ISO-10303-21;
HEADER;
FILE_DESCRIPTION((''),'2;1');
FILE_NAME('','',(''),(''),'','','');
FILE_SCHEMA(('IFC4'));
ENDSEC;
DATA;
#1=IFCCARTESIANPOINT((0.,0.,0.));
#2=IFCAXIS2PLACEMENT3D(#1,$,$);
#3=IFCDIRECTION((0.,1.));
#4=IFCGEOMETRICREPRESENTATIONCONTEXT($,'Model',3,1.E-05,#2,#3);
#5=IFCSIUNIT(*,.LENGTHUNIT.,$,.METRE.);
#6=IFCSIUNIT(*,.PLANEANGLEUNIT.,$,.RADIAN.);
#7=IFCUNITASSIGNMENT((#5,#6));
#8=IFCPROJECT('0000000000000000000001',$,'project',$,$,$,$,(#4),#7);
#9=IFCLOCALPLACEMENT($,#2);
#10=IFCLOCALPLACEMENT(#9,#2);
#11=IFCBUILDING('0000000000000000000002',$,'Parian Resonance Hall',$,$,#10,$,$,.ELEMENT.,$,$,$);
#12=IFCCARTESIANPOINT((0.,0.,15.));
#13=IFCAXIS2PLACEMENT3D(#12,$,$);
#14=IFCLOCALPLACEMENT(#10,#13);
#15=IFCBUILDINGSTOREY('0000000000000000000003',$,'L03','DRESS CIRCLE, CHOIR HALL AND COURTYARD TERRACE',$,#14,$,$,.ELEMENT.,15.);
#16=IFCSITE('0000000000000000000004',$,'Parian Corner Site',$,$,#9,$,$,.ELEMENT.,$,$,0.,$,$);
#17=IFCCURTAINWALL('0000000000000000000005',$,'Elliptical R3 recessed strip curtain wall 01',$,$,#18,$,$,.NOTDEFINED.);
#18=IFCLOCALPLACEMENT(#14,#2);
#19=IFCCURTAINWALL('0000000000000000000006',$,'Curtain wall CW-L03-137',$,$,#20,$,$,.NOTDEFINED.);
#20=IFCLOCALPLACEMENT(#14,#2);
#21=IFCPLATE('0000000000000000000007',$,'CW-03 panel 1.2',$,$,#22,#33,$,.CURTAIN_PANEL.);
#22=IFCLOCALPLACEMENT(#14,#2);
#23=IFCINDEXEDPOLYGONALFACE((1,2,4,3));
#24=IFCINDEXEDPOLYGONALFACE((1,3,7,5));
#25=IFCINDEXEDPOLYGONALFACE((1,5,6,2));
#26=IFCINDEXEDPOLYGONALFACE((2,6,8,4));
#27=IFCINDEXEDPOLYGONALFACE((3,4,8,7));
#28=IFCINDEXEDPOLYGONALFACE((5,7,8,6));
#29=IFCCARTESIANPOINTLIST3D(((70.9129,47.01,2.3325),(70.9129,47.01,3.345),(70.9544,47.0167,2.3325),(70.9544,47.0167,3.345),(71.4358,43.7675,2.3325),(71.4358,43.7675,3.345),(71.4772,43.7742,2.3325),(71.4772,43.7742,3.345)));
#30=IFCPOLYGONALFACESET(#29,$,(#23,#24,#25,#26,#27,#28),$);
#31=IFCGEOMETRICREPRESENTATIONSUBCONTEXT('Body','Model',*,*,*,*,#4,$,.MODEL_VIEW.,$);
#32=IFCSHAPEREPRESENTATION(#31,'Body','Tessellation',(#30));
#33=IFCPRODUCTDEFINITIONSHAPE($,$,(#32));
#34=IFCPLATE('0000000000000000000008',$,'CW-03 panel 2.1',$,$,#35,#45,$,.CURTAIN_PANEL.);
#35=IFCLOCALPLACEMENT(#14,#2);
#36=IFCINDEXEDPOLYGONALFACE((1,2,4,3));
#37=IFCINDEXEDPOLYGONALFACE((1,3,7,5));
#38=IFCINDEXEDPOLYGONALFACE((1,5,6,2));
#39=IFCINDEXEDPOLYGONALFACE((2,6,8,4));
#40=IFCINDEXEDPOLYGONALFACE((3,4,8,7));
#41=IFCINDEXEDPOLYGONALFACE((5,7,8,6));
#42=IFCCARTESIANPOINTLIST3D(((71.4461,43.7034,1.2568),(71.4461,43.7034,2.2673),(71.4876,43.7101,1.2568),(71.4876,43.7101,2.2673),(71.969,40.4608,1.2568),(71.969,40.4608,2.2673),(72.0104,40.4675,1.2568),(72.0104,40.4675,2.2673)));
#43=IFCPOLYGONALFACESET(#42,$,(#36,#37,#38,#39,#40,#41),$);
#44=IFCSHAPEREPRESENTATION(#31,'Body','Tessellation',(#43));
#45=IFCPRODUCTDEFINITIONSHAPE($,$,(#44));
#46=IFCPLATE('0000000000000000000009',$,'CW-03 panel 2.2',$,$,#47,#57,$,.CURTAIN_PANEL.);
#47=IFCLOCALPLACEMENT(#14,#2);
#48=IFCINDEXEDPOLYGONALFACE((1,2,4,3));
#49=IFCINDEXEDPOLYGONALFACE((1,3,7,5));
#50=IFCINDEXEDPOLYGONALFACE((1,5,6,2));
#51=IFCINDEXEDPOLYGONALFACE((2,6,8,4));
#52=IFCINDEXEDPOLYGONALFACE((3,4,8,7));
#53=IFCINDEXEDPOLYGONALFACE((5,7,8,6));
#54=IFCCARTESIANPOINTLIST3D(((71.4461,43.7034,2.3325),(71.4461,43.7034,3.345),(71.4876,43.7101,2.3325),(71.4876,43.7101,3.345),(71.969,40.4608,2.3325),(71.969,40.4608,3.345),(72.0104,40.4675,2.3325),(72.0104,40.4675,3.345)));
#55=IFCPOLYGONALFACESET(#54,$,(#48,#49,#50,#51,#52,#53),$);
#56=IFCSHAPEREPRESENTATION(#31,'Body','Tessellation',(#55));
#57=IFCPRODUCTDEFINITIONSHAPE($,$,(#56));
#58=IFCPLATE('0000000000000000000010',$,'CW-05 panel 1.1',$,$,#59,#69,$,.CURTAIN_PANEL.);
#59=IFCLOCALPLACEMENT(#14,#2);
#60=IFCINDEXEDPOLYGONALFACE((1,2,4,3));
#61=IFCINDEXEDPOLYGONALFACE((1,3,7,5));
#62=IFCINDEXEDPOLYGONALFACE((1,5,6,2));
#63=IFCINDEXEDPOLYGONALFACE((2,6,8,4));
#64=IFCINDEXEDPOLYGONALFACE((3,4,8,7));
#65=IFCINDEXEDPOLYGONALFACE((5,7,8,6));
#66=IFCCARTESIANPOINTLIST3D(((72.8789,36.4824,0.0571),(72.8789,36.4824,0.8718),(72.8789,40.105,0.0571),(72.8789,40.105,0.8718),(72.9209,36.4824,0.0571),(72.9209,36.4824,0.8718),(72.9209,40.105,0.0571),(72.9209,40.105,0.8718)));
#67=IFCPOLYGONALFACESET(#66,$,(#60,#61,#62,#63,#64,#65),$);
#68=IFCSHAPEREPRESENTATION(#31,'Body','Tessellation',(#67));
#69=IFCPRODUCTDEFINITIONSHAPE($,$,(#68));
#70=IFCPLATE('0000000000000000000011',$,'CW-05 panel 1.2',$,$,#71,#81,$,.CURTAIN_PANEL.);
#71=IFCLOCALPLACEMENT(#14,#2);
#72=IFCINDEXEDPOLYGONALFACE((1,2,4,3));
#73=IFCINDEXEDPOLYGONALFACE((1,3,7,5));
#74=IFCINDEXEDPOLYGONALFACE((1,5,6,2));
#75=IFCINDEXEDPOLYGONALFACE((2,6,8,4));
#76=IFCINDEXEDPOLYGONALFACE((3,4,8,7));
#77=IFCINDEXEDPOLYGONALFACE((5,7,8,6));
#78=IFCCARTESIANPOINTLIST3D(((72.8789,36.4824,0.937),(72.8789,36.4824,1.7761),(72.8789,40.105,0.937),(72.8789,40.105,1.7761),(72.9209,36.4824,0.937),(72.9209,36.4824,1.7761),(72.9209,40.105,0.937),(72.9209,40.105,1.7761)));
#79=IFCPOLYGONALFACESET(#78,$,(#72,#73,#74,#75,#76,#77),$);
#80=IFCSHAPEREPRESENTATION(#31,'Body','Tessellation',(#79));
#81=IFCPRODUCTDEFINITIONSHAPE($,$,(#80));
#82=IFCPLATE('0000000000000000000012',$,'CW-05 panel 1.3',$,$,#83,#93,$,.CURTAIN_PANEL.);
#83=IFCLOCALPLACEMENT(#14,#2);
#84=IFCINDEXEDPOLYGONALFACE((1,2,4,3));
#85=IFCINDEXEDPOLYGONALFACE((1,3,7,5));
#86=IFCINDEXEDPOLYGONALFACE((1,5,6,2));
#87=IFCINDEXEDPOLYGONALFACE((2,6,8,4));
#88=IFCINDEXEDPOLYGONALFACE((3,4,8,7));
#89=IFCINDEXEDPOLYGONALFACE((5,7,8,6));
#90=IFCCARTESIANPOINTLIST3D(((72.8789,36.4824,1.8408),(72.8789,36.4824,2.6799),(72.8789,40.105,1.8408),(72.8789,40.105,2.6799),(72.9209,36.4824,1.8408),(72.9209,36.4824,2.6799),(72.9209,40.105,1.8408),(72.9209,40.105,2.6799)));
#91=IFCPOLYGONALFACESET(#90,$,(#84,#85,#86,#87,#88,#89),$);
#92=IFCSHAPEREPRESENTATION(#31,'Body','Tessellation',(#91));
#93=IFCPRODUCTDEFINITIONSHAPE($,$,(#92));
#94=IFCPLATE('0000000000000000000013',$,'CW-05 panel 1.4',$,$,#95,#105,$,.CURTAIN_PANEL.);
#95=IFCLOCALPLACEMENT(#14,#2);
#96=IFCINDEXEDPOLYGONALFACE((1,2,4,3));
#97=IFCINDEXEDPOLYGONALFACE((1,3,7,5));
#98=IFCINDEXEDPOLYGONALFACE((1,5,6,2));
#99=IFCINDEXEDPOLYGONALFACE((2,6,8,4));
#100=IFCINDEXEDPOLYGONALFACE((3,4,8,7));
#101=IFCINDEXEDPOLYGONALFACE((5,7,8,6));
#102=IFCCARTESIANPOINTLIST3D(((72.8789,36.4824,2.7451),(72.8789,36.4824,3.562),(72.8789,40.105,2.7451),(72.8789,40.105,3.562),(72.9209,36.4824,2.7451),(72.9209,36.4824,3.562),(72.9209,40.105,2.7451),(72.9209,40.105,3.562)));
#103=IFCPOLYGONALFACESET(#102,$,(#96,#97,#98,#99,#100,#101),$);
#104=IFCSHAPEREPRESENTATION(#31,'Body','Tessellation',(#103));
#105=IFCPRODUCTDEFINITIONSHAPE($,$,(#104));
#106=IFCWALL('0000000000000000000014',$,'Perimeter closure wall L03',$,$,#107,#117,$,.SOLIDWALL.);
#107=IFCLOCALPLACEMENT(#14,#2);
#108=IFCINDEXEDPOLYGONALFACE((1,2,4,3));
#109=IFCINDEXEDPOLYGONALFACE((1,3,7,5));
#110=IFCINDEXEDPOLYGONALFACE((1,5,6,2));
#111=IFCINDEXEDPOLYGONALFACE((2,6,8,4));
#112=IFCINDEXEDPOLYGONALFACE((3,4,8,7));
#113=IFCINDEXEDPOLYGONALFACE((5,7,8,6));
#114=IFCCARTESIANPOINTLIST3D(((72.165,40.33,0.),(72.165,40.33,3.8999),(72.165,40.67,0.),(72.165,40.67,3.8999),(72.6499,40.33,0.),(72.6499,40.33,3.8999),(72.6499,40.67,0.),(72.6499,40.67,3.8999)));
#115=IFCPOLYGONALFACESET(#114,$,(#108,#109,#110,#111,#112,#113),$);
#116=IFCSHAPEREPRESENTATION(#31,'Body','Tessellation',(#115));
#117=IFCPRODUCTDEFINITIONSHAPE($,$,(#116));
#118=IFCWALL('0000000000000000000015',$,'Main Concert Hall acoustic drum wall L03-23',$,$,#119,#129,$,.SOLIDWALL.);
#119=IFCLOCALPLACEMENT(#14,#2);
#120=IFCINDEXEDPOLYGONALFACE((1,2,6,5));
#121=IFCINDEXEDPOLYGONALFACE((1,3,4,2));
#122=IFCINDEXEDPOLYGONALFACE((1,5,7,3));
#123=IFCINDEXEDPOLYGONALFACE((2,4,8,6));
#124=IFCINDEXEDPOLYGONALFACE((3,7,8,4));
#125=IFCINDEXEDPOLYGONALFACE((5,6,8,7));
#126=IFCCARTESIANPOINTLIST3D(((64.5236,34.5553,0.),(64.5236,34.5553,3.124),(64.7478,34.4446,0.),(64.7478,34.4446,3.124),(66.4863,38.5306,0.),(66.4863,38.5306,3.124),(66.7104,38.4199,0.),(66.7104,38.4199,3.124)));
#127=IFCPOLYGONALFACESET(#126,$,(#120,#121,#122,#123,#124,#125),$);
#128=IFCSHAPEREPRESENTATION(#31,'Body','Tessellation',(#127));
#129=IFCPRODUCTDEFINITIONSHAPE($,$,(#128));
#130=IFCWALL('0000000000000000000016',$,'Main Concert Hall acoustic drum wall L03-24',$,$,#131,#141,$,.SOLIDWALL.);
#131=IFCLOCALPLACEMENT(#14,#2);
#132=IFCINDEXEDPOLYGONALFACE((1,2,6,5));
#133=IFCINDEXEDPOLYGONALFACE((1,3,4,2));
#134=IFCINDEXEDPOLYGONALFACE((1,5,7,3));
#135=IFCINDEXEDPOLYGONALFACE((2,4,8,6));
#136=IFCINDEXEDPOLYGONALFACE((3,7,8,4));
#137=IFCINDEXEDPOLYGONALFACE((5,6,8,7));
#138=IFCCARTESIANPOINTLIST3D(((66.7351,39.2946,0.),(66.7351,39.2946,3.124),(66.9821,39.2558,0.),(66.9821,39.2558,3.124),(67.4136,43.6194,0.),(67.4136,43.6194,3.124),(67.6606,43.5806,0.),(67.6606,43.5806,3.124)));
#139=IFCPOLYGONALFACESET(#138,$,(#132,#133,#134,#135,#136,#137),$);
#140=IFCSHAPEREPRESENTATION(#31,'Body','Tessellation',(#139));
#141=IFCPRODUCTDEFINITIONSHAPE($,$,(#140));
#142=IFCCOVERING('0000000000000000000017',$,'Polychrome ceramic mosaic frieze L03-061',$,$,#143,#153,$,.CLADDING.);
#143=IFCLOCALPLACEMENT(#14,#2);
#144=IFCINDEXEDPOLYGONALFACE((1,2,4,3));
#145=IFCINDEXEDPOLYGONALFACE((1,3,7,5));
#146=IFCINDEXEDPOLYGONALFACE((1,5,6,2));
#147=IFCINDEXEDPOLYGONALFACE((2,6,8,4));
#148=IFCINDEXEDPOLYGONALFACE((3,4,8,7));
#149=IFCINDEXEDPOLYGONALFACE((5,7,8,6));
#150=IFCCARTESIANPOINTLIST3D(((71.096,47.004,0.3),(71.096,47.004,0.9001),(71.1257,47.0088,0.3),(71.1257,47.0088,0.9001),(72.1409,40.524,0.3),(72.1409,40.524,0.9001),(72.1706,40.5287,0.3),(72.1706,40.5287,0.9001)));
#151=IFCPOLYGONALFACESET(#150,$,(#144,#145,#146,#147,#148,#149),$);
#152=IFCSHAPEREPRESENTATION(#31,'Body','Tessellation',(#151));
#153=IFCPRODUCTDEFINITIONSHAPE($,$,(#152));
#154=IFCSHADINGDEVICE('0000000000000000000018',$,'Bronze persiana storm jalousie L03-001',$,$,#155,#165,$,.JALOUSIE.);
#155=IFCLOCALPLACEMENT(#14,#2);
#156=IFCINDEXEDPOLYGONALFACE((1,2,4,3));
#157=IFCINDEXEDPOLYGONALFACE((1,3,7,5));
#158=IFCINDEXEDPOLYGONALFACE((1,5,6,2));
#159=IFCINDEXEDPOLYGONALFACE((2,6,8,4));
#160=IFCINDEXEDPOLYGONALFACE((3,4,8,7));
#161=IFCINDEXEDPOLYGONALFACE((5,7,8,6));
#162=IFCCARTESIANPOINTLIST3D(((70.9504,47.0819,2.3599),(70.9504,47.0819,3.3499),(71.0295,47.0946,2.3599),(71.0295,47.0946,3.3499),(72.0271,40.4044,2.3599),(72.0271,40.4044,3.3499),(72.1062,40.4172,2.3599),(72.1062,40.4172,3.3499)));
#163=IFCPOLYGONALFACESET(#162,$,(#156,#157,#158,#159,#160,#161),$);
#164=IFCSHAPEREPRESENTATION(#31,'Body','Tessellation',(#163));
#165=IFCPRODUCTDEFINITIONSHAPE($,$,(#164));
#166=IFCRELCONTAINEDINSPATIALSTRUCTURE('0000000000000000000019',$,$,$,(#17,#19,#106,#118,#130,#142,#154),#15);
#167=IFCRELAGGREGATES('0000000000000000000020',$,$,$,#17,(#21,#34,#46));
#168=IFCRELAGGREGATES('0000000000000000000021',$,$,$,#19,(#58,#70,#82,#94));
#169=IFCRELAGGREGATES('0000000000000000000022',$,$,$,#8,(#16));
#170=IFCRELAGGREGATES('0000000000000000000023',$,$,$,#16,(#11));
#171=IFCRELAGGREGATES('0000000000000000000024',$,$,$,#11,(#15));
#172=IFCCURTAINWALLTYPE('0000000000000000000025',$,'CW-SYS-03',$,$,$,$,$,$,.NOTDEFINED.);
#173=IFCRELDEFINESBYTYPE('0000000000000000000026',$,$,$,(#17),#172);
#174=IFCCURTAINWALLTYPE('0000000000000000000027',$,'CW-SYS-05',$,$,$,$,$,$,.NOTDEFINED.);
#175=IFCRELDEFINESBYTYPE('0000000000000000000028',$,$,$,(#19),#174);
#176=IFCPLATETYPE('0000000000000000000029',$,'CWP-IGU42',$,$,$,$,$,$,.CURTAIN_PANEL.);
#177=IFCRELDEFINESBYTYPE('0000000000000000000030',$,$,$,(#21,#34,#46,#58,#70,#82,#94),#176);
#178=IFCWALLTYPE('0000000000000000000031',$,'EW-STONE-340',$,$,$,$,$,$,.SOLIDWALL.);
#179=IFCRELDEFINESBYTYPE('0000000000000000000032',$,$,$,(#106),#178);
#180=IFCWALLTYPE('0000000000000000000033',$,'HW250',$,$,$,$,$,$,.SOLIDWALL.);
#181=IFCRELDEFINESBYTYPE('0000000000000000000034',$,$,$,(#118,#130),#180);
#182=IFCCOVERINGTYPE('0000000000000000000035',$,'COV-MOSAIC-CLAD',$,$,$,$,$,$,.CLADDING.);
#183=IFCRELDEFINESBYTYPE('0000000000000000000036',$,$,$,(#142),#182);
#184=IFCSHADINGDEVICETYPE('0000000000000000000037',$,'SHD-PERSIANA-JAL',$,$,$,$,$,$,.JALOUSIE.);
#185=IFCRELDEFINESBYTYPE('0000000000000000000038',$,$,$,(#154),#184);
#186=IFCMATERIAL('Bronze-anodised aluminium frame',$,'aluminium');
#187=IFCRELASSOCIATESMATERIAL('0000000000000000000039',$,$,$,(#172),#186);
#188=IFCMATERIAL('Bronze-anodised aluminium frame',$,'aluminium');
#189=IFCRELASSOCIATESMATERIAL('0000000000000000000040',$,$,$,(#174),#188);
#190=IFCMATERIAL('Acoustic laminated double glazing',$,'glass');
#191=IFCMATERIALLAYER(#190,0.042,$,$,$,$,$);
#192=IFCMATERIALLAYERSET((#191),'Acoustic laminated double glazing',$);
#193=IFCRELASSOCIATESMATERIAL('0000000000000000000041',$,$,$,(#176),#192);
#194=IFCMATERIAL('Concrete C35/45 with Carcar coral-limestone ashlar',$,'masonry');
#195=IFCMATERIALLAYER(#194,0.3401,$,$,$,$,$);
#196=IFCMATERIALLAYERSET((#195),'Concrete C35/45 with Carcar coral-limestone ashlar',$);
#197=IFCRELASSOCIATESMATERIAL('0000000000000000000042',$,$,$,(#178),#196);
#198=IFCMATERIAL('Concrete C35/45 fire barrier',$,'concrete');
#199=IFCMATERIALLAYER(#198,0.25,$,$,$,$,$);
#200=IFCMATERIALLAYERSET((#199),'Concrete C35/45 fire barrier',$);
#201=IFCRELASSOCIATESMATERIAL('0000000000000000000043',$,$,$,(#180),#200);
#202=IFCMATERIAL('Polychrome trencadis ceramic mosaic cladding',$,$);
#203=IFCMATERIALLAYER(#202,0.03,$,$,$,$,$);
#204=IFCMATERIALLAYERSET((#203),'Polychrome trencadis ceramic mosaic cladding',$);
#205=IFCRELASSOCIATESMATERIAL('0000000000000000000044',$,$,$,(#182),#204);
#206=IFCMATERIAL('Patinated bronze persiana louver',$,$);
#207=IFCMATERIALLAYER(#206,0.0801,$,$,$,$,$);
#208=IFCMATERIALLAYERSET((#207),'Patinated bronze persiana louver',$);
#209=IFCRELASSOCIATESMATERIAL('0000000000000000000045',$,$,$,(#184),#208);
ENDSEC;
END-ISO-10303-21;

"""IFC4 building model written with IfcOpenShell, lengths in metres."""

from ifc_helpers import new_model, si_unit, direction, frame, frame_2d, origin, origin_2d, place, context, subcontext, project, spatial, rectangle, extrude, material, layer, layer_set, type_object, element, aggregate, save


model = new_model("IFC4")

# Units and contexts
model_context = context("Model", 3, precision=1e-05, world=origin(), true_north=direction((0.0, 1.0)))
body_context = subcontext(model_context, "Body", "Model", "MODEL_VIEW")
ifc_project = project(units=[si_unit("LENGTHUNIT", "METRE"), si_unit("PLANEANGLEUNIT", "RADIAN")], contexts=[model_context])

# Site, building, storey
site_placement = place(None, origin())
site = spatial("IfcSite", under=ifc_project, at=site_placement, Name="Parian Corner Site", CompositionType="ELEMENT", RefElevation=0.0)
building_placement = place(site_placement, origin())
building = spatial("IfcBuilding", under=site, at=building_placement, Name="Parian Resonance Hall", CompositionType="ELEMENT")
storey_placement = place(building_placement, frame((0.0, 0.0, 15.0)))
storey = spatial("IfcBuildingStorey", under=building, at=storey_placement, Name="L03", Description="DRESS CIRCLE, CHOIR HALL AND COURTYARD TERRACE", CompositionType="ELEMENT", Elevation=15.0)

# Curtain walls
ifc_material_1 = material(Name="Bronze-anodised aluminium frame", Category="aluminium")
curtain_wall_type_1 = type_object("IfcCurtainWallType", Name="CW-SYS-03", PredefinedType="NOTDEFINED", material=ifc_material_1)
curtain_wall_1_placement = place(storey_placement, origin())
curtain_wall_1 = element("IfcCurtainWall", 1, at=curtain_wall_1_placement, inside=storey, type_object=curtain_wall_type_1, Name="Elliptical R3 recessed strip curtain wall 01", PredefinedType="NOTDEFINED")
ifc_material_2 = material(Name="Bronze-anodised aluminium frame", Category="aluminium")
curtain_wall_type_2 = type_object("IfcCurtainWallType", Name="CW-SYS-05", PredefinedType="NOTDEFINED", material=ifc_material_2)
curtain_wall_2_placement = place(storey_placement, origin())
curtain_wall_2 = element("IfcCurtainWall", 2, at=curtain_wall_2_placement, inside=storey, type_object=curtain_wall_type_2, Name="Curtain wall CW-L03-137", PredefinedType="NOTDEFINED")

# Plates
ifc_material_3 = material(Name="Acoustic laminated double glazing", Category="glass")
ifc_layer_1 = layer(ifc_material_3, 0.042)
ifc_layer_set_1 = layer_set([ifc_layer_1], Name="Acoustic laminated double glazing")
plate_type = type_object("IfcPlateType", Name="CWP-IGU42", PredefinedType="CURTAIN_PANEL", material=ifc_layer_set_1)
plate_1_placement = place(storey_placement, frame((71.1951, 45.3921, 2.3325), z_axis=(0.0, 0.0, 1.0), x_axis=(0.159187, -0.987248, 0.0)))
plate_1 = element("IfcPlate", 3, at=plate_1_placement, type_object=plate_type, Name="CW-03 panel 1.2", PredefinedType="CURTAIN_PANEL", context=body_context, shape_type="SweptSolid", body=[
    extrude(rectangle(XDim=3.2844, YDim=0.042, at=origin_2d()), origin(), (0.0, 0.0, 1.0), 1.0125),
])
plate_2_placement = place(storey_placement, frame((71.7283, 42.0854, 1.2568), z_axis=(0.0, 0.0, 1.0), x_axis=(0.159187, -0.987248, 0.0)))
plate_2 = element("IfcPlate", 4, at=plate_2_placement, type_object=plate_type, Name="CW-03 panel 2.1", PredefinedType="CURTAIN_PANEL", context=body_context, shape_type="SweptSolid", body=[
    extrude(rectangle(XDim=3.2844, YDim=0.042, at=origin_2d()), origin(), (0.0, 0.0, 1.0), 1.0105),
])
plate_3_placement = place(storey_placement, frame((71.7283, 42.0854, 2.3325), z_axis=(0.0, 0.0, 1.0), x_axis=(0.159187, -0.987248, 0.0)))
plate_3 = element("IfcPlate", 5, at=plate_3_placement, type_object=plate_type, Name="CW-03 panel 2.2", PredefinedType="CURTAIN_PANEL", context=body_context, shape_type="SweptSolid", body=[
    extrude(rectangle(XDim=3.2844, YDim=0.042, at=origin_2d()), origin(), (0.0, 0.0, 1.0), 1.0125),
])
aggregate(curtain_wall_1, [plate_1, plate_2, plate_3])
plate_4_placement = place(storey_placement, frame((72.8999, 38.2937, 0.0571), z_axis=(0.0, 0.0, 1.0), x_axis=(0.0, -1.0, 0.0)))
plate_4 = element("IfcPlate", 6, at=plate_4_placement, type_object=plate_type, Name="CW-05 panel 1.1", PredefinedType="CURTAIN_PANEL", context=body_context, shape_type="SweptSolid", body=[
    extrude(rectangle(XDim=3.6226, YDim=0.042, at=origin_2d()), origin(), (0.0, 0.0, 1.0), 0.8147),
])
plate_5_placement = place(storey_placement, frame((72.8999, 38.2937, 0.937), z_axis=(0.0, 0.0, 1.0), x_axis=(0.0, -1.0, 0.0)))
plate_5 = element("IfcPlate", 7, at=plate_5_placement, type_object=plate_type, Name="CW-05 panel 1.2", PredefinedType="CURTAIN_PANEL", context=body_context, shape_type="SweptSolid", body=[
    extrude(rectangle(XDim=3.6226, YDim=0.042, at=origin_2d()), origin(), (0.0, 0.0, 1.0), 0.8391),
])
plate_6_placement = place(storey_placement, frame((72.8999, 38.2937, 1.8408), z_axis=(0.0, 0.0, 1.0), x_axis=(0.0, -1.0, 0.0)))
plate_6 = element("IfcPlate", 8, at=plate_6_placement, type_object=plate_type, Name="CW-05 panel 1.3", PredefinedType="CURTAIN_PANEL", context=body_context, shape_type="SweptSolid", body=[
    extrude(rectangle(XDim=3.6226, YDim=0.042, at=origin_2d()), origin(), (0.0, 0.0, 1.0), 0.8391),
])
plate_7_placement = place(storey_placement, frame((72.8999, 38.2937, 2.7451), z_axis=(0.0, 0.0, 1.0), x_axis=(0.0, -1.0, 0.0)))
plate_7 = element("IfcPlate", 9, at=plate_7_placement, type_object=plate_type, Name="CW-05 panel 1.4", PredefinedType="CURTAIN_PANEL", context=body_context, shape_type="SweptSolid", body=[
    extrude(rectangle(XDim=3.6226, YDim=0.042, at=origin_2d()), origin(), (0.0, 0.0, 1.0), 0.8169),
])
aggregate(curtain_wall_2, [plate_4, plate_5, plate_6, plate_7])

# Walls
ifc_material_4 = material(Name="Concrete C35/45 with Carcar coral-limestone ashlar", Category="masonry")
ifc_layer_2 = layer(ifc_material_4, 0.3401)
ifc_layer_set_2 = layer_set([ifc_layer_2], Name="Concrete C35/45 with Carcar coral-limestone ashlar")
wall_type_1 = type_object("IfcWallType", Name="EW-STONE-340", PredefinedType="SOLIDWALL", material=ifc_layer_set_2)
wall_1_placement = place(storey_placement, frame((72.6499, 40.5, 0.0), z_axis=(0.0, 0.0, 1.0), x_axis=(-1.0, 0.0, 0.0)))
element("IfcWall", 10, at=wall_1_placement, inside=storey, type_object=wall_type_1, Name="Perimeter closure wall L03", PredefinedType="SOLIDWALL", context=body_context, shape_type="SweptSolid", body=[
    extrude(rectangle(XDim=0.4849, YDim=0.3401, at=frame_2d((0.2424, 0.0))), origin(), (0.0, 0.0, 1.0), 3.8999),
])
ifc_material_5 = material(Name="Concrete C35/45 fire barrier", Category="concrete")
ifc_layer_3 = layer(ifc_material_5, 0.25)
ifc_layer_set_3 = layer_set([ifc_layer_3], Name="Concrete C35/45 fire barrier")
wall_type_2 = type_object("IfcWallType", Name="HW250", PredefinedType="SOLIDWALL", material=ifc_layer_set_3)
wall_2_placement = place(storey_placement, frame((66.5984, 38.4753, 0.0), z_axis=(0.0, 0.0, 1.0), x_axis=(-0.442692, -0.896674, 0.0)))
element("IfcWall", 11, at=wall_2_placement, inside=storey, type_object=wall_type_2, Name="Main Concert Hall acoustic drum wall L03-23", PredefinedType="SOLIDWALL", context=body_context, shape_type="SweptSolid", body=[
    extrude(rectangle(XDim=4.4333, YDim=0.25, at=frame_2d((2.2168, 0.0))), origin(), (0.0, 0.0, 1.0), 3.124),
])
wall_3_placement = place(storey_placement, frame((67.5371, 43.6001, 0.0), z_axis=(0.0, 0.0, 1.0), x_axis=(-0.154986, -0.987917, 0.0)))
element("IfcWall", 12, at=wall_3_placement, inside=storey, type_object=wall_type_2, Name="Main Concert Hall acoustic drum wall L03-24", PredefinedType="SOLIDWALL", context=body_context, shape_type="SweptSolid", body=[
    extrude(rectangle(XDim=4.3777, YDim=0.25, at=frame_2d((2.189, 0.0))), origin(), (0.0, 0.0, 1.0), 3.124),
])

# Covering
ifc_material_6 = material(Name="Polychrome trencadis ceramic mosaic cladding")
ifc_layer_4 = layer(ifc_material_6, 0.03)
ifc_layer_set_4 = layer_set([ifc_layer_4], Name="Polychrome trencadis ceramic mosaic cladding")
covering_type = type_object("IfcCoveringType", Name="COV-MOSAIC-CLAD", PredefinedType="CLADDING", material=ifc_layer_set_4)
covering_placement = place(storey_placement, frame((71.6333, 43.7664, 0.3), z_axis=(0.0, 0.0, 1.0), x_axis=(0.159187, -0.987248, 0.0)))
element("IfcCovering", 13, at=covering_placement, inside=storey, type_object=covering_type, Name="Polychrome ceramic mosaic frieze L03-061", PredefinedType="CLADDING", context=body_context, shape_type="SweptSolid", body=[
    extrude(rectangle(XDim=6.5637, YDim=0.03, at=origin_2d()), origin(), (0.0, 0.0, 1.0), 0.6001),
])

# Shading device
ifc_material_7 = material(Name="Patinated bronze persiana louver")
ifc_layer_5 = layer(ifc_material_7, 0.0801)
ifc_layer_set_5 = layer_set([ifc_layer_5], Name="Patinated bronze persiana louver")
shading_device_type = type_object("IfcShadingDeviceType", Name="SHD-PERSIANA-JAL", PredefinedType="JALOUSIE", material=ifc_layer_set_5)
shading_device_placement = place(storey_placement, frame((71.5283, 43.7495, 2.3599), z_axis=(0.0, 0.0, 1.0), x_axis=(0.159187, -0.987248, 0.0)))
element("IfcShadingDevice", 14, at=shading_device_placement, inside=storey, type_object=shading_device_type, Name="Bronze persiana storm jalousie L03-001", PredefinedType="JALOUSIE", context=body_context, shape_type="SweptSolid", body=[
    extrude(rectangle(XDim=6.7637, YDim=0.0801, at=origin_2d()), origin(), (0.0, 0.0, 1.0), 0.99),
])

save(model, "model.ifc")
